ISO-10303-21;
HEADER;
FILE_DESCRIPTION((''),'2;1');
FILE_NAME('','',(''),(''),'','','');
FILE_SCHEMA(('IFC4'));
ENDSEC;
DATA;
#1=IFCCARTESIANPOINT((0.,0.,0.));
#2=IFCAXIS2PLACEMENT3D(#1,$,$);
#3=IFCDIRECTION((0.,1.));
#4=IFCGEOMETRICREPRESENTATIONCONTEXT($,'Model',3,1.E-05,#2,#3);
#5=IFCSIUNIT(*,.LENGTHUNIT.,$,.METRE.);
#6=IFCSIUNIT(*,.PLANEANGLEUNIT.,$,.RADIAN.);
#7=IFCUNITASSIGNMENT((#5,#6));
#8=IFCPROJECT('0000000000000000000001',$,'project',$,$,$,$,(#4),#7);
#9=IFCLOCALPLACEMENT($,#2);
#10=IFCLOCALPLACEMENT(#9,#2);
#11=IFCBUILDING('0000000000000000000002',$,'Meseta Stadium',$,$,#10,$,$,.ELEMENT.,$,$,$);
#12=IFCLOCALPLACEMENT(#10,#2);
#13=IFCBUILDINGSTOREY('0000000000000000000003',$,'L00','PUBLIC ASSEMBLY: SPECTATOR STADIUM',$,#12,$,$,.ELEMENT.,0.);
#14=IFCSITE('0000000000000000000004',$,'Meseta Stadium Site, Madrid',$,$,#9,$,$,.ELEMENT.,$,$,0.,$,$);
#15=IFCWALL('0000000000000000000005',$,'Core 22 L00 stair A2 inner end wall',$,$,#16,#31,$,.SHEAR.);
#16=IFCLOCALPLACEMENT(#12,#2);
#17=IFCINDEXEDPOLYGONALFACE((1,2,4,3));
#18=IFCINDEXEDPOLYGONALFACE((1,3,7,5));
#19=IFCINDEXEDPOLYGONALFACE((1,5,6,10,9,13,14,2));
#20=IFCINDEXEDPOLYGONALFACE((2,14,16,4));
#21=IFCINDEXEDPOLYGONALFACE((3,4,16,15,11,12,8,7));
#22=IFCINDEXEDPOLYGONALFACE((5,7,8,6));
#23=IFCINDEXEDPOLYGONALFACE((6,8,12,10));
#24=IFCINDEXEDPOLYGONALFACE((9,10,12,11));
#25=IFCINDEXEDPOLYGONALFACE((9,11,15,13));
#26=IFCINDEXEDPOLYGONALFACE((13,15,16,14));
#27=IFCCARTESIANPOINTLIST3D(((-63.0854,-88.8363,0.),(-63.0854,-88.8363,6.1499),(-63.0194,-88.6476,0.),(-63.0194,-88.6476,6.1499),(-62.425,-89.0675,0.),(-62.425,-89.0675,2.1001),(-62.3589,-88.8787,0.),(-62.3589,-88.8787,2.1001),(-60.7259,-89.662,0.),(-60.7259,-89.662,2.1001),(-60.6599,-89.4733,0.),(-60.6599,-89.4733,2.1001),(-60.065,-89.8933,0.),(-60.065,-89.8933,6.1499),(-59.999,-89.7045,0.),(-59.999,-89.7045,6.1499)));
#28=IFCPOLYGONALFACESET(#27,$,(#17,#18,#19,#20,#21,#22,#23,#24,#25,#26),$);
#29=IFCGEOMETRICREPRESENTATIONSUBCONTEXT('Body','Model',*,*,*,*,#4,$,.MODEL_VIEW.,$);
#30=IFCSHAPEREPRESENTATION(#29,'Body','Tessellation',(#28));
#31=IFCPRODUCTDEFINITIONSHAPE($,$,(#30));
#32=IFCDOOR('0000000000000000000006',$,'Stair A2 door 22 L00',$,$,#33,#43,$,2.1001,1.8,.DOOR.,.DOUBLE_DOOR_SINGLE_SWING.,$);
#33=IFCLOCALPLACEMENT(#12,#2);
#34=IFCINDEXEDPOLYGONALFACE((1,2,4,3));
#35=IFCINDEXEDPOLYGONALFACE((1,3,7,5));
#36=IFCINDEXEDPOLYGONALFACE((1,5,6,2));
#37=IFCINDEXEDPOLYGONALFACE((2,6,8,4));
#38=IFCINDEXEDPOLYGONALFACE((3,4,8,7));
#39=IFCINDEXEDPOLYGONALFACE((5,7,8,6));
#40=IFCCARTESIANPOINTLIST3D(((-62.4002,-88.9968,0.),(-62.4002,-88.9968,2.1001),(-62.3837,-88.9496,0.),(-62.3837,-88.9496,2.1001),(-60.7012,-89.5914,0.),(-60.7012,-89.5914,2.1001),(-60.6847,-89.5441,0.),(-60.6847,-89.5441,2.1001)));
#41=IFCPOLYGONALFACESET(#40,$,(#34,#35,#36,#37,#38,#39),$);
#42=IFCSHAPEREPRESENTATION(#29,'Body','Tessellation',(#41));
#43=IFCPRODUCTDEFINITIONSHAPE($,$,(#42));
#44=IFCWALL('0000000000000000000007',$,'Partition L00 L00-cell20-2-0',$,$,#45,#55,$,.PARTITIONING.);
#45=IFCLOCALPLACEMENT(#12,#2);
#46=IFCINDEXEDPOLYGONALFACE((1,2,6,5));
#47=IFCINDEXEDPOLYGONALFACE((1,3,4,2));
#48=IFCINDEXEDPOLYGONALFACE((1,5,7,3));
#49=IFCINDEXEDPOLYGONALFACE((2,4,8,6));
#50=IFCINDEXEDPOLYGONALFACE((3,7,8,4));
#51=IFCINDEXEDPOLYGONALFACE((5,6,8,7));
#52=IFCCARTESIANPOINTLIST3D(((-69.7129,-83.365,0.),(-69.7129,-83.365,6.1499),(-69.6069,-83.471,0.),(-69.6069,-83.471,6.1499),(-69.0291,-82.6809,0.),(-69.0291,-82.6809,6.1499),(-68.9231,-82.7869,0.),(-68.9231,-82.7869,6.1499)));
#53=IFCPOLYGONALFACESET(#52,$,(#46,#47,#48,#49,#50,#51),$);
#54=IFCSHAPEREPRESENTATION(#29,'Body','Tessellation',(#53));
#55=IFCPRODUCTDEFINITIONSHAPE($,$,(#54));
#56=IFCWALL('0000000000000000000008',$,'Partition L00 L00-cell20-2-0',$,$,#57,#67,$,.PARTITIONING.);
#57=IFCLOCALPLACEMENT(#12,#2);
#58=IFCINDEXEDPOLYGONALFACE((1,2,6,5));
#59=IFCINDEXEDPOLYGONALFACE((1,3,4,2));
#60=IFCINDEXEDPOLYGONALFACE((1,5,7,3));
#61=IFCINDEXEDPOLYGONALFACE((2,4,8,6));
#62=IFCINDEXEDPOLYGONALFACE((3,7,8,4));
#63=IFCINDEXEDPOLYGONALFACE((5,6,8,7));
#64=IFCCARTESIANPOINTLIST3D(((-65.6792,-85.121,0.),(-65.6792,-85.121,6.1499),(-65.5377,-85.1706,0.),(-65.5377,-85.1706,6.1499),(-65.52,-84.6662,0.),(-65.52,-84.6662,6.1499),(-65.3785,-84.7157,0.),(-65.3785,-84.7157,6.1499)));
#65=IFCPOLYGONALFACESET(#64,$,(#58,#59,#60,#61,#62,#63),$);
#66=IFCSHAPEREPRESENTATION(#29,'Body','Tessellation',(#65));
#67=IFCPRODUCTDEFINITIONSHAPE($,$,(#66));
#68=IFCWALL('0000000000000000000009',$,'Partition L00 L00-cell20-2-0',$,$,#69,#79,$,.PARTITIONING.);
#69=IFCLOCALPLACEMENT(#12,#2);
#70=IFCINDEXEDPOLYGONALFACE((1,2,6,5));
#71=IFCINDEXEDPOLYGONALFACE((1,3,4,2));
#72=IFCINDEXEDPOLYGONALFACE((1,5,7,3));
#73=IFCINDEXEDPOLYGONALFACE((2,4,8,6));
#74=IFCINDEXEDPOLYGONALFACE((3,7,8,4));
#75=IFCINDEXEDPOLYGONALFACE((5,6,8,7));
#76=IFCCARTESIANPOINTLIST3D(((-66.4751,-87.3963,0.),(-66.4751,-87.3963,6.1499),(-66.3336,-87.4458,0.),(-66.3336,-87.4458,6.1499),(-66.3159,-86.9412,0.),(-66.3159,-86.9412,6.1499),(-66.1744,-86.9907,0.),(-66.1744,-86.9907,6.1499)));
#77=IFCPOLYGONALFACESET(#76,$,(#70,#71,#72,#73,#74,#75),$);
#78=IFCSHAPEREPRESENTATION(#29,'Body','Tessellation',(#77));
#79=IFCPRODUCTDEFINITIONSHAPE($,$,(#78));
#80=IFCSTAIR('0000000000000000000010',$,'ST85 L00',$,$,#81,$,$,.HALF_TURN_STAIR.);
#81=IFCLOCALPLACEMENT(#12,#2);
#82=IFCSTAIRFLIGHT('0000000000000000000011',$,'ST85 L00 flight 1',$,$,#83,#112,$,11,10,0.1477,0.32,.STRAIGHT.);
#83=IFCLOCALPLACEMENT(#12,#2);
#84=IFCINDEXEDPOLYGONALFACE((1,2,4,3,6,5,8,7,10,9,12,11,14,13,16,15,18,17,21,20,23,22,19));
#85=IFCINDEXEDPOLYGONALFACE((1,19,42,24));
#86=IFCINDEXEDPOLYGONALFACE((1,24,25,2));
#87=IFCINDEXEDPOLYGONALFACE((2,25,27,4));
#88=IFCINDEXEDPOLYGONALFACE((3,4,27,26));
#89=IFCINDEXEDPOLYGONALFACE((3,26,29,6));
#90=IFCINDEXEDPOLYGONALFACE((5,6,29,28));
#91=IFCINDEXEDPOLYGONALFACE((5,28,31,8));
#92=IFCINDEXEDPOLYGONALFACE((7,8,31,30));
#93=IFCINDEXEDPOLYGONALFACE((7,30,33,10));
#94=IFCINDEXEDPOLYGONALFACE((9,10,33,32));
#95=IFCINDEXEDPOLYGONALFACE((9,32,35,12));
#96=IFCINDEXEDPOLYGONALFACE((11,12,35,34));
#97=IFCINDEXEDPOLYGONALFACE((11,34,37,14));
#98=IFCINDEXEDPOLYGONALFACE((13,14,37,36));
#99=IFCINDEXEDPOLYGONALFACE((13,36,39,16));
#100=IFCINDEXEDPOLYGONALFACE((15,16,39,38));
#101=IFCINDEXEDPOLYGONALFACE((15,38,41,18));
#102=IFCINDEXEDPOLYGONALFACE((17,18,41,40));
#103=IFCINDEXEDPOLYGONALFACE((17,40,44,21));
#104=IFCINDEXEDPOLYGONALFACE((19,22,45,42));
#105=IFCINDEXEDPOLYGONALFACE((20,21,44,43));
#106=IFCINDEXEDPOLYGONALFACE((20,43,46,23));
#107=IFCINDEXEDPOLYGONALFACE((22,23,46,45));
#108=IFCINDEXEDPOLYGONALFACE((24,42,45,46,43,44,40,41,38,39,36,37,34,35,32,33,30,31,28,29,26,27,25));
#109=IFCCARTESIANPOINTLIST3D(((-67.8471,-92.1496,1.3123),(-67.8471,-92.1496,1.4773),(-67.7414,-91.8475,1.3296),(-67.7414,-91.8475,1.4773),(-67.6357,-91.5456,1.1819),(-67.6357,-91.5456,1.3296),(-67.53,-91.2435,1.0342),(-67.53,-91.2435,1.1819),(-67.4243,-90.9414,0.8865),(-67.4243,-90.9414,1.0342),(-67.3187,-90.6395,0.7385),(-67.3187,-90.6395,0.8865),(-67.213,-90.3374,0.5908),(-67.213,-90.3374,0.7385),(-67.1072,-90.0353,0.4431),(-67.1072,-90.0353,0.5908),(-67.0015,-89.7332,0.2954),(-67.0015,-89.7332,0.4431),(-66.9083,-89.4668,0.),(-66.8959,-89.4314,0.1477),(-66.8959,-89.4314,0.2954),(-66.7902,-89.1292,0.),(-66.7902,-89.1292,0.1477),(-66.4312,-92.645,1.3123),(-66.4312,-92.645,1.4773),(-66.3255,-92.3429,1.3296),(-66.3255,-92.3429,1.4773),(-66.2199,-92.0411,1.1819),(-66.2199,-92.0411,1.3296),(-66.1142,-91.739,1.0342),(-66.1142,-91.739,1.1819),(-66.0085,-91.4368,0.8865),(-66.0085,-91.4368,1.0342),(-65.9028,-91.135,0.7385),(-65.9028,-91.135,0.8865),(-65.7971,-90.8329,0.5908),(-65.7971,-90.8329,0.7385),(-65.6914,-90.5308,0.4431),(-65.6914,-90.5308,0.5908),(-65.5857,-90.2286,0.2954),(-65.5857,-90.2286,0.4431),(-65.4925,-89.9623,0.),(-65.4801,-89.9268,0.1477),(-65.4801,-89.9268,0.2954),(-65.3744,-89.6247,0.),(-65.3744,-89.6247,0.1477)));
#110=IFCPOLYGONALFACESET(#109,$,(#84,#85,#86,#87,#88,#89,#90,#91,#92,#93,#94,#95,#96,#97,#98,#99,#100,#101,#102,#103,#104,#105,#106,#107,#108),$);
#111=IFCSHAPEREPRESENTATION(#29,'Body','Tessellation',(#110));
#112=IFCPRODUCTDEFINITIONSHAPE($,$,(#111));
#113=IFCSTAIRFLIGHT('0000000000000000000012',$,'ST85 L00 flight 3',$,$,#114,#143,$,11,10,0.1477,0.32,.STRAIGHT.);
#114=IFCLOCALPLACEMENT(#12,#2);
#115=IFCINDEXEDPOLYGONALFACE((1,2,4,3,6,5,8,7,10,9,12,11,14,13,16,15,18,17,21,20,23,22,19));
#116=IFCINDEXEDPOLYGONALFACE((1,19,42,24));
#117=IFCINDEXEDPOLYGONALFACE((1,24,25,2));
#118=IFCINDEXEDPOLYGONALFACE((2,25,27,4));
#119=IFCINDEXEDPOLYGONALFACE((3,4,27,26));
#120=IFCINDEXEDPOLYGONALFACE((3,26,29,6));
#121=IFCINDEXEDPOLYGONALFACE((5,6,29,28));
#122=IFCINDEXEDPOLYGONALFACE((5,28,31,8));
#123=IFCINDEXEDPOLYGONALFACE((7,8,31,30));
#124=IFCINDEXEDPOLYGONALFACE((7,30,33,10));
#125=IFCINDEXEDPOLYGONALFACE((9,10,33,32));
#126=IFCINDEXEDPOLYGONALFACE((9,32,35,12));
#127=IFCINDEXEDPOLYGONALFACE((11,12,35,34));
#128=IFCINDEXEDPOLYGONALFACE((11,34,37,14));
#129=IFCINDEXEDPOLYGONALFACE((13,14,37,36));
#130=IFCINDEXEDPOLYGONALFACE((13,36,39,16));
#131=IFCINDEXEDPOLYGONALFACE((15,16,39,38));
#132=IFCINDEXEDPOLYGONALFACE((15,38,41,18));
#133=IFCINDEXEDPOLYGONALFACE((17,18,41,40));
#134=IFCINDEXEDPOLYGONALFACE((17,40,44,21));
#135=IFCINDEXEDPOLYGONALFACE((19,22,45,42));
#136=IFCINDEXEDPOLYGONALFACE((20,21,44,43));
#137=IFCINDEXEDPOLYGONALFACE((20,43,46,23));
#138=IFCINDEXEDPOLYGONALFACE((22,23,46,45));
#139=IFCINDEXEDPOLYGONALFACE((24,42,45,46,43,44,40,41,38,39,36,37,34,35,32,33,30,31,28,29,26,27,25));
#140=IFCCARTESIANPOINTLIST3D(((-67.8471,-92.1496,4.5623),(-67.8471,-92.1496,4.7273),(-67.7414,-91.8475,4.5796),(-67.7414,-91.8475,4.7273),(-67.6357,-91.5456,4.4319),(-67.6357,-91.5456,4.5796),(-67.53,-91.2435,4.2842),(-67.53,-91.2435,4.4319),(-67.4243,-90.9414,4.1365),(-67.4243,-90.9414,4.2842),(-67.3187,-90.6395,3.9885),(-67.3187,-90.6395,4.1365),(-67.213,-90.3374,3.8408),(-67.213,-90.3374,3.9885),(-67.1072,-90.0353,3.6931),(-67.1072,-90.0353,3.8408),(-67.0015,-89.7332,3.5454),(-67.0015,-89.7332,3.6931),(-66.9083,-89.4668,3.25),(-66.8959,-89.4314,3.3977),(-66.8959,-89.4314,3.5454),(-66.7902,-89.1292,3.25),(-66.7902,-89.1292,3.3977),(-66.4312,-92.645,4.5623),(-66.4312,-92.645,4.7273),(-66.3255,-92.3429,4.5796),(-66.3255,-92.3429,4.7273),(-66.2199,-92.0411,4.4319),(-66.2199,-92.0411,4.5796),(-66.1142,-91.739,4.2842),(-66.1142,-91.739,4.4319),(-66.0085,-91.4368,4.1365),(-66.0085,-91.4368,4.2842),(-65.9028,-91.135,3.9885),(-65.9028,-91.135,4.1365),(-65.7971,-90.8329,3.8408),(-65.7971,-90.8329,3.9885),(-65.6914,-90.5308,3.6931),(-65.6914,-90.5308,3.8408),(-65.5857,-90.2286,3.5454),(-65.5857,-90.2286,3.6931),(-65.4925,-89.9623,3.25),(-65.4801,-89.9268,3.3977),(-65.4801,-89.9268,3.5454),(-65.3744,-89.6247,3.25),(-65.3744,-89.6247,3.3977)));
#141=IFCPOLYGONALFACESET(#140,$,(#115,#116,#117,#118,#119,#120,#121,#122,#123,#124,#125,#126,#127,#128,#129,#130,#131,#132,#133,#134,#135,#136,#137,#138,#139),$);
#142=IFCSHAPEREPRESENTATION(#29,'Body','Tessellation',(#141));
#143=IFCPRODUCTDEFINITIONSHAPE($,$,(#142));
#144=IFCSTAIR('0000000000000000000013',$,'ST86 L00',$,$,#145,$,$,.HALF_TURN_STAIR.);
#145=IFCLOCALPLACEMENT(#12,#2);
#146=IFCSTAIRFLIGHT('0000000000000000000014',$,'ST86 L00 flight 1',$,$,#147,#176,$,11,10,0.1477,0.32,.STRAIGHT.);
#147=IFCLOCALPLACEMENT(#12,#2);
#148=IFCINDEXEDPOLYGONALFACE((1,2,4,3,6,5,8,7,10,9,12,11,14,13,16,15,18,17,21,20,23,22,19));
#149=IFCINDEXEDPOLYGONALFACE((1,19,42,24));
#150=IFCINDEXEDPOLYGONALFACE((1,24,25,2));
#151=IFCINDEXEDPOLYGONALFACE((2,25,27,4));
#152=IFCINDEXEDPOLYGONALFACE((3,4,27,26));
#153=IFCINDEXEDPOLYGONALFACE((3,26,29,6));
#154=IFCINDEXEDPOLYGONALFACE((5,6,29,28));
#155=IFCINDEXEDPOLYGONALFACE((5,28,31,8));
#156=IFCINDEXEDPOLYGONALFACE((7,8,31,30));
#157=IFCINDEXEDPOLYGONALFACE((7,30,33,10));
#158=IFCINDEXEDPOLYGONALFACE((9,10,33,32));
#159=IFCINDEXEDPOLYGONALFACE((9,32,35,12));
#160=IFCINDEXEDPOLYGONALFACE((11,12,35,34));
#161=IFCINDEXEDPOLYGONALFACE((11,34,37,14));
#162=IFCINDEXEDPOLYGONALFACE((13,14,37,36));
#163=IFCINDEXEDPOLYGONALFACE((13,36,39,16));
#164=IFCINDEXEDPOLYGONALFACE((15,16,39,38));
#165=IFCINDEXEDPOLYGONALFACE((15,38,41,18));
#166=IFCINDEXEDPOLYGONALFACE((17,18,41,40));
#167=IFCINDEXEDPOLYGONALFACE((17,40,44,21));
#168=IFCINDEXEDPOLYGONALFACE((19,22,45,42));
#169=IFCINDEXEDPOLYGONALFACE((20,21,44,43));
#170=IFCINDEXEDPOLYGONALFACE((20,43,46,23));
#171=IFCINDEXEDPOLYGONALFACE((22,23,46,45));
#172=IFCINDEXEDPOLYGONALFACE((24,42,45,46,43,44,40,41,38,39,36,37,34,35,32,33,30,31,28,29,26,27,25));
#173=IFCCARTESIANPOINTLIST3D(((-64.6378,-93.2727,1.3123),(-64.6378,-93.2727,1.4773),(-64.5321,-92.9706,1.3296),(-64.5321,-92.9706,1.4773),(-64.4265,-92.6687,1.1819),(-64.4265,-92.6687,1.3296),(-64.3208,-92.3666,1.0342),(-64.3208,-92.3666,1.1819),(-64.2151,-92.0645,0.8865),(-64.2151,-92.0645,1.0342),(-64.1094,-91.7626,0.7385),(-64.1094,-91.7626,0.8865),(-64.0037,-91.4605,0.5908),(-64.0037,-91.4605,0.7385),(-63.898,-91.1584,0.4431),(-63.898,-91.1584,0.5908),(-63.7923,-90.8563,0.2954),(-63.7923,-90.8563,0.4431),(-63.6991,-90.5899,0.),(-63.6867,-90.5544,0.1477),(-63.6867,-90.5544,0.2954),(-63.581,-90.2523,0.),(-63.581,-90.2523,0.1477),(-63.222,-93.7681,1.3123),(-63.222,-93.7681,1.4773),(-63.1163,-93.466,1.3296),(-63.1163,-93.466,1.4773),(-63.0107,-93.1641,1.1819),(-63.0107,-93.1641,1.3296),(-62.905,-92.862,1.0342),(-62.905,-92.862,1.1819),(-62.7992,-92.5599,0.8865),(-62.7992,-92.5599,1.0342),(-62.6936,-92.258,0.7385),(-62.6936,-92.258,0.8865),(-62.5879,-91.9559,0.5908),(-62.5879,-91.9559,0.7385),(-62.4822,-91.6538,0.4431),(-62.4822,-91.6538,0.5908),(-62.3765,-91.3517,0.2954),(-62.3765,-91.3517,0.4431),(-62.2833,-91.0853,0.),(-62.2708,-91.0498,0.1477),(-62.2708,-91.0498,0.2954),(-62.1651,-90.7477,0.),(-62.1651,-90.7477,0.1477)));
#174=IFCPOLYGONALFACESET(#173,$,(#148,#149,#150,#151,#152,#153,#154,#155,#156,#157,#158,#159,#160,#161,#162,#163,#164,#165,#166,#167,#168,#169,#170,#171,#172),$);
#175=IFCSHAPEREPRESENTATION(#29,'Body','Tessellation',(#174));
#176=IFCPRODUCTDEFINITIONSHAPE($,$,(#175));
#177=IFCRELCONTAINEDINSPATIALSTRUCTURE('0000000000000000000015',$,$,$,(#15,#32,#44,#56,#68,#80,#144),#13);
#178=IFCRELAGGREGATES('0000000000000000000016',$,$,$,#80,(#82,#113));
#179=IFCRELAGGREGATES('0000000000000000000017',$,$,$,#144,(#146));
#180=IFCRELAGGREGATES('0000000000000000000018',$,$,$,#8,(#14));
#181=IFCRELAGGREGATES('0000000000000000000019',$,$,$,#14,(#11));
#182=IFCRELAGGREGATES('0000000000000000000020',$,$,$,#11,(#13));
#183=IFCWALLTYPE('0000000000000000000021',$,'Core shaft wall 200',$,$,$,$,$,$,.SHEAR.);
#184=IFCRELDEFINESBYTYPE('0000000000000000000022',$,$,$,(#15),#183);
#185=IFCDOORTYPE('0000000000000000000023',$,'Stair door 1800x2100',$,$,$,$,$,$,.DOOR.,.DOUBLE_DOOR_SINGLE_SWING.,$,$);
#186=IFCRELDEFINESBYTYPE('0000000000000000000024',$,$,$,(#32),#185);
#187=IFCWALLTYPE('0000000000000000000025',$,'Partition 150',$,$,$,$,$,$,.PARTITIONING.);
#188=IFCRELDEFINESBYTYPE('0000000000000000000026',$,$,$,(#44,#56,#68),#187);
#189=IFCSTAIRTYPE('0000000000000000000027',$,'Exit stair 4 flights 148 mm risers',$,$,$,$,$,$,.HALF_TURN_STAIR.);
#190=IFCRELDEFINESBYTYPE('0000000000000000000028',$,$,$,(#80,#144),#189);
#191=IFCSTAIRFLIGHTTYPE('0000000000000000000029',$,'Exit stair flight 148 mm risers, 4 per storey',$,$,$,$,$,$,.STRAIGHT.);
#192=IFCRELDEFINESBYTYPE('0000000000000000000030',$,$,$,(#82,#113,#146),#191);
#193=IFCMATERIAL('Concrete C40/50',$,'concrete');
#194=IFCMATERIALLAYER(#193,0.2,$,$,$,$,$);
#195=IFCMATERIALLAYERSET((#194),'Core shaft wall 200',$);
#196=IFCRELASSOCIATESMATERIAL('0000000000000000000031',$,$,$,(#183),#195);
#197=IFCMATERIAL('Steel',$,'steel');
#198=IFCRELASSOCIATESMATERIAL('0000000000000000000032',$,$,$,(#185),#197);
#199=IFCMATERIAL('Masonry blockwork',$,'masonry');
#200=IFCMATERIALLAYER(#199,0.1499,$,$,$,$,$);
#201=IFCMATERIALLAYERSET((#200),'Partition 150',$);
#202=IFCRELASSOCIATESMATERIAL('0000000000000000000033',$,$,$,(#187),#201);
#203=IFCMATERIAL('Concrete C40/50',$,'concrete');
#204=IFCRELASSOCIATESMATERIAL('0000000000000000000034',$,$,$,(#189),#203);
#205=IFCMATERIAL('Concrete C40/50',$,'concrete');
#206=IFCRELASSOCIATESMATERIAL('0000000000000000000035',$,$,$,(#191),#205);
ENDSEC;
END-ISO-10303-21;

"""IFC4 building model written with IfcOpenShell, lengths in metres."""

from ifc_helpers import new_model, si_unit, direction, frame, frame_2d, origin, place, context, subcontext, project, spatial, polyline, rectangle, outline, extrude, material, layer, layer_set, type_object, element, fill, aggregate, save


model = new_model("IFC4")

# Units and contexts
model_context = context("Model", 3, precision=1e-05, world=origin(), true_north=direction((0.0, 1.0)))
body_context = subcontext(model_context, "Body", "Model", "MODEL_VIEW")
ifc_project = project(units=[si_unit("LENGTHUNIT", "METRE"), si_unit("PLANEANGLEUNIT", "RADIAN")], contexts=[model_context])

# Site, building, storey
site_placement = place(None, origin())
site = spatial("IfcSite", under=ifc_project, at=site_placement, Name="Meseta Stadium Site, Madrid", CompositionType="ELEMENT", RefElevation=0.0)
building_placement = place(site_placement, origin())
building = spatial("IfcBuilding", under=site, at=building_placement, Name="Meseta Stadium", CompositionType="ELEMENT")
storey_placement = place(building_placement, origin())
storey = spatial("IfcBuildingStorey", under=building, at=storey_placement, Name="L00", Description="PUBLIC ASSEMBLY: SPECTATOR STADIUM", CompositionType="ELEMENT", Elevation=0.0)

# Wall, opening, door
ifc_material_1 = material(Name="Concrete C40/50", Category="concrete")
ifc_layer_1 = layer(ifc_material_1, 0.2)
ifc_layer_set_1 = layer_set([ifc_layer_1], Name="Core shaft wall 200")
wall_type_1 = type_object("IfcWallType", Name="Core shaft wall 200", PredefinedType="SHEAR", material=ifc_layer_set_1)
ifc_material_2 = material(Name="Steel", Category="steel")
door_type = type_object("IfcDoorType", Name="Stair door 1800x2100", OperationType="DOUBLE_DOOR_SINGLE_SWING", PredefinedType="DOOR", material=ifc_material_2)
wall_1_placement = place(storey_placement, frame((-63.0525, -88.7419, 0.0), z_axis=(0.0, 0.0, 1.0), x_axis=(0.943879, -0.330293, 0.0)))
wall_1 = element("IfcWall", 1, at=wall_1_placement, inside=storey, type_object=wall_type_1, Name="Core 22 L00 stair A2 inner end wall", PredefinedType="SHEAR", context=body_context, shape_type="SweptSolid", body=[
    extrude(rectangle(XDim=3.2, YDim=0.2, at=frame_2d((1.6001, 0.0))), origin(), (0.0, 0.0, 1.0), 6.1499),
])
opening_1_placement = place(wall_1_placement, frame((0.7, 0.0, 0.0)))
opening_1 = element("IfcOpeningElement", 2, at=opening_1_placement, cuts=wall_1, PredefinedType="OPENING", context=body_context, shape_type="SweptSolid", body=[
    extrude(rectangle(XDim=1.8, YDim=2.1001, at=frame_2d((0.8999, 1.05))), frame((0.0, 0.1099, 0.0), z_axis=(0.0, -1.0, 0.0), x_axis=(1.0, 0.0, 0.0)), (0.0, 0.0, 1.0), 0.22),
])
door_1_placement = place(opening_1_placement, origin())
door_1 = element("IfcDoor", 3, at=door_1_placement, inside=storey, type_object=door_type, Name="Stair A2 door 22 L00", OperationType="DOUBLE_DOOR_SINGLE_SWING", OverallHeight=2.1001, OverallWidth=1.8, PredefinedType="DOOR", context=body_context, shape_type="SweptSolid", body=[
    extrude(rectangle(XDim=1.8, YDim=2.1001, at=frame_2d((0.8999, 1.05))), frame((0.0, 0.0249, 0.0), z_axis=(0.0, -1.0, 0.0), x_axis=(1.0, 0.0, 0.0)), (0.0, 0.0, 1.0), 0.05),
])
fill(opening_1, door_1)

# Walls
ifc_material_3 = material(Name="Masonry blockwork", Category="masonry")
ifc_layer_2 = layer(ifc_material_3, 0.1499)
ifc_layer_set_2 = layer_set([ifc_layer_2], Name="Partition 150")
wall_type_2 = type_object("IfcWallType", Name="Partition 150", PredefinedType="PARTITIONING", material=ifc_layer_set_2)
wall_2_placement = place(storey_placement, frame((-69.6599, -83.418, 0.0), z_axis=(0.0, 0.0, 1.0), x_axis=(0.706981, 0.707233, 0.0)))
element("IfcWall", 4, at=wall_2_placement, inside=storey, type_object=wall_type_2, Name="Partition L00 L00-cell20-2-0", PredefinedType="PARTITIONING", context=body_context, shape_type="SweptSolid", body=[
    extrude(rectangle(XDim=0.9673, YDim=0.1499, at=frame_2d((0.4836, 0.0))), origin(), (0.0, 0.0, 1.0), 6.1499),
])
wall_3_placement = place(storey_placement, frame((-65.4492, -84.6909, 0.0), z_axis=(0.0, 0.0, 1.0), x_axis=(-0.330328, -0.943866, 0.0)))
element("IfcWall", 5, at=wall_3_placement, inside=storey, type_object=wall_type_2, Name="Partition L00 L00-cell20-2-0", PredefinedType="PARTITIONING", context=body_context, shape_type="SweptSolid", body=[
    extrude(rectangle(XDim=0.4819, YDim=0.1499, at=frame_2d((0.241, 0.0))), origin(), (0.0, 0.0, 1.0), 6.1499),
])
wall_4_placement = place(storey_placement, frame((-66.2451, -86.9658, 0.0), z_axis=(0.0, 0.0, 1.0), x_axis=(-0.33017, -0.943921, 0.0)))
element("IfcWall", 6, at=wall_4_placement, inside=storey, type_object=wall_type_2, Name="Partition L00 L00-cell20-2-0", PredefinedType="PARTITIONING", context=body_context, shape_type="SweptSolid", body=[
    extrude(rectangle(XDim=0.4822, YDim=0.1499, at=frame_2d((0.2412, 0.0))), origin(), (0.0, 0.0, 1.0), 6.1499),
])

# Stairs, stair flights
ifc_material_4 = material(Name="Concrete C40/50", Category="concrete")
stair_type = type_object("IfcStairType", Name="Exit stair 4 flights 148 mm risers", PredefinedType="HALF_TURN_STAIR", material=ifc_material_4)
stair_1_placement = place(storey_placement, origin())
stair_1 = element("IfcStair", 7, at=stair_1_placement, inside=storey, type_object=stair_type, Name="ST85 L00", PredefinedType="HALF_TURN_STAIR")
ifc_material_5 = material(Name="Concrete C40/50", Category="concrete")
stair_flight_type = type_object("IfcStairFlightType", Name="Exit stair flight 148 mm risers, 4 per storey", PredefinedType="STRAIGHT", material=ifc_material_5)
stair_flight_1_placement = place(storey_placement, frame((-66.0823, -89.377, 0.0), z_axis=(0.0, 0.0, 1.0), x_axis=(-0.330279, -0.943883, 0.0)))
stair_flight_1 = element("IfcStairFlight", 8, at=stair_flight_1_placement, type_object=stair_flight_type, Name="ST85 L00 flight 1", NumberOfRisers=11, NumberOfTreads=10, PredefinedType="STRAIGHT", RiserHeight=0.1477, TreadLength=0.32, context=body_context, shape_type="SweptSolid", body=[
    extrude(outline(polyline([(0.0, 0.0), (0.0, 0.1477), (0.3201, 0.1477), (0.3201, 0.2954), (0.6399, 0.2954), (0.6399, 0.4431), (0.96, 0.4431), (0.96, 0.5908), (1.28, 0.5908), (1.28, 0.7385), (1.6001, 0.7385), (1.6001, 0.8865), (1.9199, 0.8865), (1.9199, 1.0342), (2.24, 1.0342), (2.24, 1.1819), (2.5601, 1.1819), (2.5601, 1.3296), (2.8799, 1.3296), (2.8799, 1.4773), (3.2, 1.4773), (3.2, 1.3123), (0.3577, 0.0), (0.0, 0.0)])), frame((0.0, 0.75, 0.0), z_axis=(0.0, -1.0, 0.0), x_axis=(1.0, 0.0, 0.0)), (0.0, 0.0, 1.0), 1.5),
])
stair_flight_2_placement = place(storey_placement, frame((-66.0823, -89.377, 3.25), z_axis=(0.0, 0.0, 1.0), x_axis=(-0.330279, -0.943883, 0.0)))
stair_flight_2 = element("IfcStairFlight", 9, at=stair_flight_2_placement, type_object=stair_flight_type, Name="ST85 L00 flight 3", NumberOfRisers=11, NumberOfTreads=10, PredefinedType="STRAIGHT", RiserHeight=0.1477, TreadLength=0.32, context=body_context, shape_type="SweptSolid", body=[
    extrude(outline(polyline([(0.0, 0.0), (0.0, 0.1477), (0.3201, 0.1477), (0.3201, 0.2954), (0.6399, 0.2954), (0.6399, 0.4431), (0.96, 0.4431), (0.96, 0.5908), (1.28, 0.5908), (1.28, 0.7385), (1.6001, 0.7385), (1.6001, 0.8865), (1.9199, 0.8865), (1.9199, 1.0342), (2.24, 1.0342), (2.24, 1.1819), (2.5601, 1.1819), (2.5601, 1.3296), (2.8799, 1.3296), (2.8799, 1.4773), (3.2, 1.4773), (3.2, 1.3123), (0.3577, 0.0), (0.0, 0.0)])), frame((0.0, 0.75, 0.0), z_axis=(0.0, -1.0, 0.0), x_axis=(1.0, 0.0, 0.0)), (0.0, 0.0, 1.0), 1.5),
])
aggregate(stair_1, [stair_flight_1, stair_flight_2])
stair_2_placement = place(storey_placement, origin())
stair_2 = element("IfcStair", 10, at=stair_2_placement, inside=storey, type_object=stair_type, Name="ST86 L00", PredefinedType="HALF_TURN_STAIR")
stair_flight_3_placement = place(storey_placement, frame((-62.873, -90.5, 0.0), z_axis=(0.0, 0.0, 1.0), x_axis=(-0.330279, -0.943883, 0.0)))
stair_flight_3 = element("IfcStairFlight", 11, at=stair_flight_3_placement, type_object=stair_flight_type, Name="ST86 L00 flight 1", NumberOfRisers=11, NumberOfTreads=10, PredefinedType="STRAIGHT", RiserHeight=0.1477, TreadLength=0.32, context=body_context, shape_type="SweptSolid", body=[
    extrude(outline(polyline([(0.0, 0.0), (0.0, 0.1477), (0.3201, 0.1477), (0.3201, 0.2954), (0.6399, 0.2954), (0.6399, 0.4431), (0.96, 0.4431), (0.96, 0.5908), (1.28, 0.5908), (1.28, 0.7385), (1.6001, 0.7385), (1.6001, 0.8865), (1.9199, 0.8865), (1.9199, 1.0342), (2.24, 1.0342), (2.24, 1.1819), (2.5601, 1.1819), (2.5601, 1.3296), (2.8799, 1.3296), (2.8799, 1.4773), (3.2, 1.4773), (3.2, 1.3123), (0.3577, 0.0), (0.0, 0.0)])), frame((0.0, 0.75, 0.0), z_axis=(0.0, -1.0, 0.0), x_axis=(1.0, 0.0, 0.0)), (0.0, 0.0, 1.0), 1.5),
])
aggregate(stair_2, [stair_flight_3])

save(model, "model.ifc")
